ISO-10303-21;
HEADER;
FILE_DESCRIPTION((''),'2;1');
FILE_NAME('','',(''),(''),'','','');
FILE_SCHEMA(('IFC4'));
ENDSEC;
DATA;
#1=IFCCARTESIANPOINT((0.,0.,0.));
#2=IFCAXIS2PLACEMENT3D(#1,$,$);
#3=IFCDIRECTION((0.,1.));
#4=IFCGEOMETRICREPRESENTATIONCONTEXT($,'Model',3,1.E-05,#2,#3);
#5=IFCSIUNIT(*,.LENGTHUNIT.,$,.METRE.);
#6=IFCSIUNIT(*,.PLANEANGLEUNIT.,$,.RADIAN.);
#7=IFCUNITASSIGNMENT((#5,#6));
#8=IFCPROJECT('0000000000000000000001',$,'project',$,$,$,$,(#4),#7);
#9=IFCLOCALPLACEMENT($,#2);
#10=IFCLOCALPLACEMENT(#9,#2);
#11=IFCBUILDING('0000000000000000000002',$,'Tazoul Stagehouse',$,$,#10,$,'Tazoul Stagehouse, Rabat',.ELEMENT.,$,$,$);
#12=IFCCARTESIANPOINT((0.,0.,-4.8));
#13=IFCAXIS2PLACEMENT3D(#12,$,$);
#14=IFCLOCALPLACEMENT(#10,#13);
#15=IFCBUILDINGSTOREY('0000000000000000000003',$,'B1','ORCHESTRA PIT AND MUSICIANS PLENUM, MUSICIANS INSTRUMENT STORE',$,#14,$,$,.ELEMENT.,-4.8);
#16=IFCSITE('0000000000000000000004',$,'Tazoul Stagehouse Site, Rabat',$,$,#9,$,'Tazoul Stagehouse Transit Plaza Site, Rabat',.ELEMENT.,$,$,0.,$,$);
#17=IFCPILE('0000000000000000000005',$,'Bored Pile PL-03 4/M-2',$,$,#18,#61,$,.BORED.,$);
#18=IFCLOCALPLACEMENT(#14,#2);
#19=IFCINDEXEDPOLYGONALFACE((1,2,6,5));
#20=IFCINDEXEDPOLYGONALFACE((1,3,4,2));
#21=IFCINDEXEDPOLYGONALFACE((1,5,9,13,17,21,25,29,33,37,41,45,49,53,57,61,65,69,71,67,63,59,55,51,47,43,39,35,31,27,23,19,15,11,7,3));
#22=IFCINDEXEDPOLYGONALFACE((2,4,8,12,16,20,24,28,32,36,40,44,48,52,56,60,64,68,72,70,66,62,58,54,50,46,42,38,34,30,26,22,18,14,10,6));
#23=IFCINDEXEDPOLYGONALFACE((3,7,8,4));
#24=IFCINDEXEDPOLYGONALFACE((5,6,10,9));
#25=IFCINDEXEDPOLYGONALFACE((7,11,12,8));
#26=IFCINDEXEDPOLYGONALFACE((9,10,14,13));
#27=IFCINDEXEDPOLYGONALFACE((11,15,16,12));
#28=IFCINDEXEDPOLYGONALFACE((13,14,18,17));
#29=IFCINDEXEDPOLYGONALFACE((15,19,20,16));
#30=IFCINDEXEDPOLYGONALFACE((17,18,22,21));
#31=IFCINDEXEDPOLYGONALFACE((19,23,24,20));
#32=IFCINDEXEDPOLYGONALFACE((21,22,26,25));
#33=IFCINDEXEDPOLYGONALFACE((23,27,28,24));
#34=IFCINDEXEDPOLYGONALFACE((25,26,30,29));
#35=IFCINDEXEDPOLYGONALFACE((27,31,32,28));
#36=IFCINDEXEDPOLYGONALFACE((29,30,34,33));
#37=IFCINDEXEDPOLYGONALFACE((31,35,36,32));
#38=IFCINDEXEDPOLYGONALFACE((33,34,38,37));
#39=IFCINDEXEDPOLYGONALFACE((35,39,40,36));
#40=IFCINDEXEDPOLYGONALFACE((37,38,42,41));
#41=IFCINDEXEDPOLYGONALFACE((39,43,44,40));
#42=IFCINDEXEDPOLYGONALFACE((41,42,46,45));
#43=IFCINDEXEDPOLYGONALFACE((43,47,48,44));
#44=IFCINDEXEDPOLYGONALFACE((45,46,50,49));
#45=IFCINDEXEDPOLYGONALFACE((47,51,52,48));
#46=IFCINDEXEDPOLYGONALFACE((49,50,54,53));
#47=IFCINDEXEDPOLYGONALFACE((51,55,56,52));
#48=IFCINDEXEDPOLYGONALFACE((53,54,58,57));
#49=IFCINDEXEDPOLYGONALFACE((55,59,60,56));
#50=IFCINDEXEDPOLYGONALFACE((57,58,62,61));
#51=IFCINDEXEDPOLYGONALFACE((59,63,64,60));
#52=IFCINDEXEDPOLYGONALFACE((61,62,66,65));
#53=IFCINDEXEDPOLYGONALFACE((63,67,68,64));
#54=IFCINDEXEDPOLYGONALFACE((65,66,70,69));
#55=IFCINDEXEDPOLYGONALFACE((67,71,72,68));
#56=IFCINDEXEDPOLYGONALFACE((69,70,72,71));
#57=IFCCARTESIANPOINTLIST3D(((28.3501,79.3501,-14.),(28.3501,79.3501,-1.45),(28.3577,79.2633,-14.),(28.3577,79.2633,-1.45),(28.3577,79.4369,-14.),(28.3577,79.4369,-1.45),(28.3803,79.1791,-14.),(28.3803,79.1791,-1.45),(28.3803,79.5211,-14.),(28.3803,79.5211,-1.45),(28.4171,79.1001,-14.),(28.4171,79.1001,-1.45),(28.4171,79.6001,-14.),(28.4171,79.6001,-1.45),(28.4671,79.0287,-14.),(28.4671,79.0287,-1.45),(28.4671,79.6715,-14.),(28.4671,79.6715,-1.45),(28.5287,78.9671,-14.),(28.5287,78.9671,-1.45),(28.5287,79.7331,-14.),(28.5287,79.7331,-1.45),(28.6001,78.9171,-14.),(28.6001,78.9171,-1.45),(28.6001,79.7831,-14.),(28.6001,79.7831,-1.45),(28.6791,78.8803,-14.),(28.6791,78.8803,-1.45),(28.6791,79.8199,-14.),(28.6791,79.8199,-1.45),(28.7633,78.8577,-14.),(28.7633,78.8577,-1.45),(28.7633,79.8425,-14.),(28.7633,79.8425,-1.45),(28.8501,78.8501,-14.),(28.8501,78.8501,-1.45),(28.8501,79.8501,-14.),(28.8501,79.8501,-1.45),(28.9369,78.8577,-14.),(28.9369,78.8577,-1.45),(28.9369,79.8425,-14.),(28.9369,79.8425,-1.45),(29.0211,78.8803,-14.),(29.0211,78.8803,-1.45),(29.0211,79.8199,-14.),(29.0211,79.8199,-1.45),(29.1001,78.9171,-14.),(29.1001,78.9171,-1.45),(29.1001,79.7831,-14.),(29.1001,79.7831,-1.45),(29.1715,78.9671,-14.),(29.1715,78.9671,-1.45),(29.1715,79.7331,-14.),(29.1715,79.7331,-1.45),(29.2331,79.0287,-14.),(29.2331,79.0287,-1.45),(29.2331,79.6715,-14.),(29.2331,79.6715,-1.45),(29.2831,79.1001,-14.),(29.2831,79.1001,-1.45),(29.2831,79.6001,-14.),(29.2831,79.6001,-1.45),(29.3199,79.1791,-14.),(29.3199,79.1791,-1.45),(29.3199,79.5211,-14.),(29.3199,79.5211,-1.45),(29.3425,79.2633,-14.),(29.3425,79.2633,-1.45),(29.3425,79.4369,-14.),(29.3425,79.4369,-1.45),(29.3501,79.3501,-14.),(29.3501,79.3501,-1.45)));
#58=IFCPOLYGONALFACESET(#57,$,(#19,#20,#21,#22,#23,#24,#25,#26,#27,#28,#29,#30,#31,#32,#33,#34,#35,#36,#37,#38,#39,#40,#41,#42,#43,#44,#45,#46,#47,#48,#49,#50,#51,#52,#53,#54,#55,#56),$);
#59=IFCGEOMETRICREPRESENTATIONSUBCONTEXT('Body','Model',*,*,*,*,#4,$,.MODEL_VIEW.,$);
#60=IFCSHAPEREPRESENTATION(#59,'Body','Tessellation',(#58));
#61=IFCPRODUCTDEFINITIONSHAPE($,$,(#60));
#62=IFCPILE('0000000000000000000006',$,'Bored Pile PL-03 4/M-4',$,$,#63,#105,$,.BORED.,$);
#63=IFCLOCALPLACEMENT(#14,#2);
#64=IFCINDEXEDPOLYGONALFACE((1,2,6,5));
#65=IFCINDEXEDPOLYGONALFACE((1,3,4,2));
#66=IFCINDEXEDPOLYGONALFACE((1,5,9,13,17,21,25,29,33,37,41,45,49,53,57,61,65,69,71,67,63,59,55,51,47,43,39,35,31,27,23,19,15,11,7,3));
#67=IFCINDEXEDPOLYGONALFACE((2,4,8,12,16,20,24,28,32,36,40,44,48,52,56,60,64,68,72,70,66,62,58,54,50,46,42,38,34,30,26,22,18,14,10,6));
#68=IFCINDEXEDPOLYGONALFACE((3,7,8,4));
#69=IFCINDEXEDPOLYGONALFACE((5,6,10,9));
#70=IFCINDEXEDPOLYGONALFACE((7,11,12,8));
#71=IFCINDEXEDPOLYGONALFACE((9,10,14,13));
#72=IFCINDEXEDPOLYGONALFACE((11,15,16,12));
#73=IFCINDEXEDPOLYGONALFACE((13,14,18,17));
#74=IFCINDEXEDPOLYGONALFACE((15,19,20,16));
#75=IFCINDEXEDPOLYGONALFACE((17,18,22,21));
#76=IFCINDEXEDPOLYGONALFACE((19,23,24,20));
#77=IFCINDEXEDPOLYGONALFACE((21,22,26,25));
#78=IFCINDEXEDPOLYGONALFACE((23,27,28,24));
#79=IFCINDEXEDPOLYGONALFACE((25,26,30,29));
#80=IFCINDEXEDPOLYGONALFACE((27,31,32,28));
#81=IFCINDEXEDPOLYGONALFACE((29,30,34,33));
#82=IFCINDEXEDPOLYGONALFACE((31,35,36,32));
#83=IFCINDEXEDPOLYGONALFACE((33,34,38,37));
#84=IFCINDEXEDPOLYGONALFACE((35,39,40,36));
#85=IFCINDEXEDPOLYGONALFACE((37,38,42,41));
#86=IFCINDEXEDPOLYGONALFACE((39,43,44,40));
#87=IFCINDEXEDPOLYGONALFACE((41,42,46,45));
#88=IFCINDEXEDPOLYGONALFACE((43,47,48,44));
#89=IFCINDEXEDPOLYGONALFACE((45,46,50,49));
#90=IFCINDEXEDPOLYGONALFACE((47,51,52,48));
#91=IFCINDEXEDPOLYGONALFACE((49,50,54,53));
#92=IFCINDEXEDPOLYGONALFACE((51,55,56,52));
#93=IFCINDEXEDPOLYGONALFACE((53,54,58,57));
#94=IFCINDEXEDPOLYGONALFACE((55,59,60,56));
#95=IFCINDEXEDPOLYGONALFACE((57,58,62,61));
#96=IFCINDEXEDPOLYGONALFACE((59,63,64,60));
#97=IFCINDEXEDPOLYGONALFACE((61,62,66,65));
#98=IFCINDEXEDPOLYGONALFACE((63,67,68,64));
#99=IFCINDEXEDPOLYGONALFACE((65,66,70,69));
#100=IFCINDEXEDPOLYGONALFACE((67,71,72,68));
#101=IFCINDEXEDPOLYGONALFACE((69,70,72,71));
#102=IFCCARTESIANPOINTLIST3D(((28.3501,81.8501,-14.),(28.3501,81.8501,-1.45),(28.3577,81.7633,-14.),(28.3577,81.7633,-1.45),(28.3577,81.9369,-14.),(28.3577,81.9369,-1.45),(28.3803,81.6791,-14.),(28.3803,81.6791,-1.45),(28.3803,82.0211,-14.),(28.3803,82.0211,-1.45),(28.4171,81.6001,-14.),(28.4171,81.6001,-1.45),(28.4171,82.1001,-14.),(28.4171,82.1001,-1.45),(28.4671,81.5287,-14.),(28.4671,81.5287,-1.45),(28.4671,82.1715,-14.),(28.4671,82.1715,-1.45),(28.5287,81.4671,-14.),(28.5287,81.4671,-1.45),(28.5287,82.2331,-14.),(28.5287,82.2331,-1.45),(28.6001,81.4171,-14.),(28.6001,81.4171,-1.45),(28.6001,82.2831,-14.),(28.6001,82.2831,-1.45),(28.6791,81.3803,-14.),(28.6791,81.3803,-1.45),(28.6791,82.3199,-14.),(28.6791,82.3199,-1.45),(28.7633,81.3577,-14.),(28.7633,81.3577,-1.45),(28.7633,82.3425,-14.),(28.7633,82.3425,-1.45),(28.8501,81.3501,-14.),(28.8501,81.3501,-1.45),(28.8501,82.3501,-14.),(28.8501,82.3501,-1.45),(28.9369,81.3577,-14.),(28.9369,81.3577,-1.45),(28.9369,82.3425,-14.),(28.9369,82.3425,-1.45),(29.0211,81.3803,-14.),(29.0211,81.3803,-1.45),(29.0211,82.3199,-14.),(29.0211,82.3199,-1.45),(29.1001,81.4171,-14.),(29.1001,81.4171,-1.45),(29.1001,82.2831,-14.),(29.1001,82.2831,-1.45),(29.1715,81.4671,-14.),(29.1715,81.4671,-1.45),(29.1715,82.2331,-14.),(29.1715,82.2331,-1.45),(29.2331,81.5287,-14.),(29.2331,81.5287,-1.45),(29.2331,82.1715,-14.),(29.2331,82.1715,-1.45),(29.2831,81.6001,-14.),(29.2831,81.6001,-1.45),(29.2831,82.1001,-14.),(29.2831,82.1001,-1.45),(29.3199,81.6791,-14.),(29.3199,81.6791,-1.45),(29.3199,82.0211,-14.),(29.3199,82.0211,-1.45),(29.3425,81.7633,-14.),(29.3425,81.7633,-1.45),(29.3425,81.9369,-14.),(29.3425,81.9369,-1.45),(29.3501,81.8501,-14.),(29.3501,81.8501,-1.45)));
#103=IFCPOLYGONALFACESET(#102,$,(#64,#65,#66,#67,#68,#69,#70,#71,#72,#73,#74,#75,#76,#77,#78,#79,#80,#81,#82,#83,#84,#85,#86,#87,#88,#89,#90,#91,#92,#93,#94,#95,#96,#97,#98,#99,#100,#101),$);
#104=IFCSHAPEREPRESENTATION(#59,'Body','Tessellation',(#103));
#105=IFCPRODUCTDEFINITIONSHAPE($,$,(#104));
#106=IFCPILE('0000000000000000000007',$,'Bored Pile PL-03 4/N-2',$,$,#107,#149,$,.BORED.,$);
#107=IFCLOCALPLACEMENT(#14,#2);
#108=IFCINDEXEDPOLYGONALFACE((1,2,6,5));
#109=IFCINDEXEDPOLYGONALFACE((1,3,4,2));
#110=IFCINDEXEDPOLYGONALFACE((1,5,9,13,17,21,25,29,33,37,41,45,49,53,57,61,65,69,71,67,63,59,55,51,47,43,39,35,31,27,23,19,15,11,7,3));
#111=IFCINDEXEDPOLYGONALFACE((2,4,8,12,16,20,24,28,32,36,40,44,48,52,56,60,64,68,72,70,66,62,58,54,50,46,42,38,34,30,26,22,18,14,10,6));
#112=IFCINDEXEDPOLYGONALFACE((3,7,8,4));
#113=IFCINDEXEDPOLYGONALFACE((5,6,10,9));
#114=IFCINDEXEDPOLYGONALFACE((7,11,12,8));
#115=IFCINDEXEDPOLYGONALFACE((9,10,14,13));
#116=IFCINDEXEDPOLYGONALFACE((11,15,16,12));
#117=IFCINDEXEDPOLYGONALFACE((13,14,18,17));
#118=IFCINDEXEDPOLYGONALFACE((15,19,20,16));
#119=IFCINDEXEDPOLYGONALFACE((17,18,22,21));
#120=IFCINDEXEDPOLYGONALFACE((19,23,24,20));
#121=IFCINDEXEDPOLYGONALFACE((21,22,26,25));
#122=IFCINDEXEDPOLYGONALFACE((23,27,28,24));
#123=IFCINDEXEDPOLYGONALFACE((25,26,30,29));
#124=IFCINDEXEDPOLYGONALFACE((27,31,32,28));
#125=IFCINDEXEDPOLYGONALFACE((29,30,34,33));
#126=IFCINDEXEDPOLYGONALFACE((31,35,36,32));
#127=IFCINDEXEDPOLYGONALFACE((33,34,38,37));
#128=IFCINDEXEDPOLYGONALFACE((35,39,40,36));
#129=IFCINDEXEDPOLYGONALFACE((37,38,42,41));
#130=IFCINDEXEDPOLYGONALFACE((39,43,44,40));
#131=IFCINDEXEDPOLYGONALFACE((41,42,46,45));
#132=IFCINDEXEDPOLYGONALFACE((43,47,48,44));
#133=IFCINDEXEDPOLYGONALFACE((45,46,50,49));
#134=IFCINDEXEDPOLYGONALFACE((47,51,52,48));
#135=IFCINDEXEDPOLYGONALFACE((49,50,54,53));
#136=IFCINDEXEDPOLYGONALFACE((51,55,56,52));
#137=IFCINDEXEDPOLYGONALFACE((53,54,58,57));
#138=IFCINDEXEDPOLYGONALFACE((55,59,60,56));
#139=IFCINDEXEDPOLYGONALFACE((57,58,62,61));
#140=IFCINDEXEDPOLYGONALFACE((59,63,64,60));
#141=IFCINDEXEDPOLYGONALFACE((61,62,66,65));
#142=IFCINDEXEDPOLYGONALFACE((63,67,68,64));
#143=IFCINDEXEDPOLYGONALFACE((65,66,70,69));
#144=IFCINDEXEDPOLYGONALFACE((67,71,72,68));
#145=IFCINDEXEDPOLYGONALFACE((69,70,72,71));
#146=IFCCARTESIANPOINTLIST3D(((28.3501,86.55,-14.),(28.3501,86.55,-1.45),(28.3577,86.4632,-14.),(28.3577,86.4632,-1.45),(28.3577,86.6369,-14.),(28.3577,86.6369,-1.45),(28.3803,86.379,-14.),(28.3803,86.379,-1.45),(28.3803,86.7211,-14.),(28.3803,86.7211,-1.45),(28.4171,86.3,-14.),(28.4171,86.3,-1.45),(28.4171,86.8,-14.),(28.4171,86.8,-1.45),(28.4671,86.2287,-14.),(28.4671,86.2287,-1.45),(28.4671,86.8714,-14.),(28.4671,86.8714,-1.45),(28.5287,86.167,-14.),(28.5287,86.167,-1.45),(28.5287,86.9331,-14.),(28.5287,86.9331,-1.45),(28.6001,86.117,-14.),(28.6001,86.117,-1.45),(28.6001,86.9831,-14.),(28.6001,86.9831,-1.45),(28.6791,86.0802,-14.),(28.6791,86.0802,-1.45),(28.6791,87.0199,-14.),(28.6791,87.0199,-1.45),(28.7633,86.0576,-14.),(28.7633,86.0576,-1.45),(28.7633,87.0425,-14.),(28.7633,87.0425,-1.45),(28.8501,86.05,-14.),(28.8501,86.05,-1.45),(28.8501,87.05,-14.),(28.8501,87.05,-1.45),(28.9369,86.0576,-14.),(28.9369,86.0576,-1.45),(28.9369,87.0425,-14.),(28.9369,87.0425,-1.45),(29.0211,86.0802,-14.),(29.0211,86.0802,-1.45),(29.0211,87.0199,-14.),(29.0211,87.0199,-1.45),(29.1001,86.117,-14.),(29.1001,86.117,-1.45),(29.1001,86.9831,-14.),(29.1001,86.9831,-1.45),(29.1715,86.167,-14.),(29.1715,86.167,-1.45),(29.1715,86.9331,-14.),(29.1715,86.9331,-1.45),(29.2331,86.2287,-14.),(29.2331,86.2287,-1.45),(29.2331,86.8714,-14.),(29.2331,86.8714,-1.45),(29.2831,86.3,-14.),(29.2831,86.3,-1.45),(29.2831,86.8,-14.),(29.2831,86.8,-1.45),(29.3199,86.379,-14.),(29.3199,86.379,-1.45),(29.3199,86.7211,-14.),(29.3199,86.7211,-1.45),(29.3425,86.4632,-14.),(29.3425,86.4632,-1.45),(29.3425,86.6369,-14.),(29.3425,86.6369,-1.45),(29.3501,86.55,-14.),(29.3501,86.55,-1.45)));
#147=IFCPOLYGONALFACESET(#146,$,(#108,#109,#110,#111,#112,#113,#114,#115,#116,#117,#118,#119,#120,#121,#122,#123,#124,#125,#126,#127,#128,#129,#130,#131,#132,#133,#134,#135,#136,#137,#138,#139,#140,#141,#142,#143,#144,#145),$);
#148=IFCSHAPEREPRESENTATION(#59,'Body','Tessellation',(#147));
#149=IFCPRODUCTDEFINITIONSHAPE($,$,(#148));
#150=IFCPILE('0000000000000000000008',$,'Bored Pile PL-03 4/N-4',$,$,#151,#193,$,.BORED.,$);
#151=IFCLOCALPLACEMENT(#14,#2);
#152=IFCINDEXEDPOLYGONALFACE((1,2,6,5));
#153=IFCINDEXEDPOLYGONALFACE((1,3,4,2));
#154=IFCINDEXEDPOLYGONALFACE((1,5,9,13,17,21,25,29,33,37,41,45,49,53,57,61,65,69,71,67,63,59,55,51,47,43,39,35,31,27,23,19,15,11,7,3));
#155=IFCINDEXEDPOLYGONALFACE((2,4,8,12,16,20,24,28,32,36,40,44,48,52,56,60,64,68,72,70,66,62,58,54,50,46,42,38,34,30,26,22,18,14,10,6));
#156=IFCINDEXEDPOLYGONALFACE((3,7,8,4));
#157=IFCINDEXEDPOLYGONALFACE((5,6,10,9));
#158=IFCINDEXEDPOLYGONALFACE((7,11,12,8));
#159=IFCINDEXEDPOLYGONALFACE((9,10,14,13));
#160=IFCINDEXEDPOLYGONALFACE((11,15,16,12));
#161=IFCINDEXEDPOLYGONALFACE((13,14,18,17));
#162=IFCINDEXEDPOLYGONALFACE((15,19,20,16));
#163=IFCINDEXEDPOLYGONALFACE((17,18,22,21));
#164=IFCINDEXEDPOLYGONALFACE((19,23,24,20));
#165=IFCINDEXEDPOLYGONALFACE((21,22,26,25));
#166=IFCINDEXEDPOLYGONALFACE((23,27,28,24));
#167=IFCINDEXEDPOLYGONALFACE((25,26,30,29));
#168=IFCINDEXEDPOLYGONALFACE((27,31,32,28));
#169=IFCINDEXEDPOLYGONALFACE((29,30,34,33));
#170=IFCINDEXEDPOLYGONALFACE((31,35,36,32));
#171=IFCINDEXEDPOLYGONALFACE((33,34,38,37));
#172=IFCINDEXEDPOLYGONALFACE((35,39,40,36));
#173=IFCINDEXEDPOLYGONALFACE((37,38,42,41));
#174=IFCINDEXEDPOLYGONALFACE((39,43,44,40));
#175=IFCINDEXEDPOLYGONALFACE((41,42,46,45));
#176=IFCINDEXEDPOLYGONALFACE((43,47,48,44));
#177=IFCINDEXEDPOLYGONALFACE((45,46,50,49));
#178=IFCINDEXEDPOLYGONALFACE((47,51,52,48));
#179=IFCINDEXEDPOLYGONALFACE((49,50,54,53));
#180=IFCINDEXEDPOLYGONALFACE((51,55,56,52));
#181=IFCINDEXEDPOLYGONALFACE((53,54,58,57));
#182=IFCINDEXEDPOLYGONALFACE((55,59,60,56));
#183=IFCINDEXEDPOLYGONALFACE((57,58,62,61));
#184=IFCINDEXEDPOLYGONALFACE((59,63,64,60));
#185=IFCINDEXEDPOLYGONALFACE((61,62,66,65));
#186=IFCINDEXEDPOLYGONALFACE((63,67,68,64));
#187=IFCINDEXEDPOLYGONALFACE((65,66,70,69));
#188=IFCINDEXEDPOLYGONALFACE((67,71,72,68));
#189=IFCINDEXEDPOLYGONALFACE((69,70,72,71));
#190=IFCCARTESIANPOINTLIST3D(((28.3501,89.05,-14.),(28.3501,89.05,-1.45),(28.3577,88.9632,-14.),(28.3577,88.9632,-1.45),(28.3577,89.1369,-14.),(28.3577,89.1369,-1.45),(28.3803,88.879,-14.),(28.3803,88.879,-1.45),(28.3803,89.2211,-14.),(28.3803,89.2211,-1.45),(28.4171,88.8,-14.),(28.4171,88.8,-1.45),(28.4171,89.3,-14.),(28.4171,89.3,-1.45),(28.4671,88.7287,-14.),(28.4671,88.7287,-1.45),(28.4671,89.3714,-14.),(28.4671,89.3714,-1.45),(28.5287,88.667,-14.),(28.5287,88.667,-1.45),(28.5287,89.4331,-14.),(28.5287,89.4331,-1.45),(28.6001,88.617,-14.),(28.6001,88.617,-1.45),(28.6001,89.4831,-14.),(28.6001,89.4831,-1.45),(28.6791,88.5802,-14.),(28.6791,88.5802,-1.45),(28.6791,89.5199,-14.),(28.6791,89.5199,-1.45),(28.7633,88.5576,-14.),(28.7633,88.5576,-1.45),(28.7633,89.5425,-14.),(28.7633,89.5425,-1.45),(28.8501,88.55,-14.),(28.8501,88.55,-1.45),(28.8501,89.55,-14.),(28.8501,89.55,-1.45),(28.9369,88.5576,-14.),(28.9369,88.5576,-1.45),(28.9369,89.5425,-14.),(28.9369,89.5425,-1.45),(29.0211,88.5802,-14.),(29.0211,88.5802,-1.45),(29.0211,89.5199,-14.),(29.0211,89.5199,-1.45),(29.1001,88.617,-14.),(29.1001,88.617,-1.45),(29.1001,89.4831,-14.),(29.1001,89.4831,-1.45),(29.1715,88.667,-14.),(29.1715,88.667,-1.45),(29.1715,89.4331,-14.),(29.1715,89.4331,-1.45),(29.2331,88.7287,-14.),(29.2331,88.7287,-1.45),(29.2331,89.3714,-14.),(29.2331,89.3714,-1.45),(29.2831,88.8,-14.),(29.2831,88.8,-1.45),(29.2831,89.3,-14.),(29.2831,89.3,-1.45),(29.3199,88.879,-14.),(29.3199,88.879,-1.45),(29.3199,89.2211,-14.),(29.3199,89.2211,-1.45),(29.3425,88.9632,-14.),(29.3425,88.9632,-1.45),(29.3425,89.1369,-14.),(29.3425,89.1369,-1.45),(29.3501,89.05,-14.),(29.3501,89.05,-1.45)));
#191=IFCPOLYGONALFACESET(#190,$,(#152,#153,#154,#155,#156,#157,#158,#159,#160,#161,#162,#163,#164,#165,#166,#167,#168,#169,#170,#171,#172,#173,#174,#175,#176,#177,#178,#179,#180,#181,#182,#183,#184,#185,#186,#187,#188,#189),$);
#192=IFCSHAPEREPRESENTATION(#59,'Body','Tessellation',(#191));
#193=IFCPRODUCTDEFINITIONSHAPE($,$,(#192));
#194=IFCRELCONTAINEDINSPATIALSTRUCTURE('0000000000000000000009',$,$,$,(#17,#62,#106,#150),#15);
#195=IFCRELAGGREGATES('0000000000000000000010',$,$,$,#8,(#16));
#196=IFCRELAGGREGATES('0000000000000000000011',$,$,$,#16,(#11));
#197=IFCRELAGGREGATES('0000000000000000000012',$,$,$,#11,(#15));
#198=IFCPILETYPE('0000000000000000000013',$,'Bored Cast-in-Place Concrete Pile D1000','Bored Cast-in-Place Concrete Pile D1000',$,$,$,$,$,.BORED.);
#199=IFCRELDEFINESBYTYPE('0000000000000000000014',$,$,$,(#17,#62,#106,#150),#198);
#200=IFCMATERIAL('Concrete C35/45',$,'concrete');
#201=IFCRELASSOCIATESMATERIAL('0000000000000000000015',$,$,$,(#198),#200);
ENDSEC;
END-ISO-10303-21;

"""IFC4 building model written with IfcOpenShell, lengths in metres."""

from ifc_helpers import new_model, si_unit, direction, frame, origin, origin_2d, place, context, subcontext, project, spatial, circle, extrude, material, material_profile, profile_set, type_object, element, save


model = new_model("IFC4")

# Units and contexts
model_context = context("Model", 3, precision=1e-05, world=origin(), true_north=direction((0.0, 1.0)))
body_context = subcontext(model_context, "Body", "Model", "MODEL_VIEW")
ifc_project = project(units=[si_unit("LENGTHUNIT", "METRE"), si_unit("PLANEANGLEUNIT", "RADIAN")], contexts=[model_context])

# Site, building, storey
site_placement = place(None, origin())
site = spatial("IfcSite", under=ifc_project, at=site_placement, Name="Tazoul Stagehouse Site, Rabat", LongName="Tazoul Stagehouse Transit Plaza Site, Rabat", CompositionType="ELEMENT", RefElevation=0.0)
building_placement = place(site_placement, origin())
building = spatial("IfcBuilding", under=site, at=building_placement, Name="Tazoul Stagehouse", LongName="Tazoul Stagehouse, Rabat", CompositionType="ELEMENT")
storey_placement = place(building_placement, frame((0.0, 0.0, -4.8)))
storey = spatial("IfcBuildingStorey", under=building, at=storey_placement, Name="B1", Description="ORCHESTRA PIT AND MUSICIANS PLENUM, MUSICIANS INSTRUMENT STORE", CompositionType="ELEMENT", Elevation=-4.8)

# Piles
ifc_material_1 = material(Name="Concrete C35/45", Category="concrete")
ifc_material_profile_1 = material_profile(ifc_material_1, circle(Radius=0.5, at=origin_2d()), Name="BORED PILE 1000")
ifc_profile_set_1 = profile_set([ifc_material_profile_1], Name="Concrete C35/45")
pile_type = type_object("IfcPileType", Name="Bored Cast-in-Place Concrete Pile D1000", Description="Bored Cast-in-Place Concrete Pile D1000", PredefinedType="BORED", material=ifc_profile_set_1)
for number, where, z_axis, x_axis, name in (
    (1, (28.8501, 79.3501, -1.45), (0.0, 0.0, -1.0), (1.0, 0.0, 0.0), "Bored Pile PL-03 4/M-2"),
    (2, (28.8501, 81.8501, -1.45), (0.0, 0.0, -1.0), (1.0, 0.0, 0.0), "Bored Pile PL-03 4/M-4"),
    (3, (28.8501, 86.55, -1.45), (0.0, 0.0, -1.0), (1.0, 0.0, 0.0), "Bored Pile PL-03 4/N-2"),
    (4, (28.8501, 89.05, -1.45), (0.0, 0.0, -1.0), (1.0, 0.0, 0.0), "Bored Pile PL-03 4/N-4"),
):
    element("IfcPile", number, at=place(storey_placement, frame(where, z_axis=z_axis, x_axis=x_axis)), inside=storey, type_object=pile_type, Name=name, PredefinedType="BORED", context=body_context, shape_type="SweptSolid", body=[
        extrude(circle(Radius=0.5, at=origin_2d()), origin(), (0.0, 0.0, 1.0), 12.55),
    ])

save(model, "model.ifc")
